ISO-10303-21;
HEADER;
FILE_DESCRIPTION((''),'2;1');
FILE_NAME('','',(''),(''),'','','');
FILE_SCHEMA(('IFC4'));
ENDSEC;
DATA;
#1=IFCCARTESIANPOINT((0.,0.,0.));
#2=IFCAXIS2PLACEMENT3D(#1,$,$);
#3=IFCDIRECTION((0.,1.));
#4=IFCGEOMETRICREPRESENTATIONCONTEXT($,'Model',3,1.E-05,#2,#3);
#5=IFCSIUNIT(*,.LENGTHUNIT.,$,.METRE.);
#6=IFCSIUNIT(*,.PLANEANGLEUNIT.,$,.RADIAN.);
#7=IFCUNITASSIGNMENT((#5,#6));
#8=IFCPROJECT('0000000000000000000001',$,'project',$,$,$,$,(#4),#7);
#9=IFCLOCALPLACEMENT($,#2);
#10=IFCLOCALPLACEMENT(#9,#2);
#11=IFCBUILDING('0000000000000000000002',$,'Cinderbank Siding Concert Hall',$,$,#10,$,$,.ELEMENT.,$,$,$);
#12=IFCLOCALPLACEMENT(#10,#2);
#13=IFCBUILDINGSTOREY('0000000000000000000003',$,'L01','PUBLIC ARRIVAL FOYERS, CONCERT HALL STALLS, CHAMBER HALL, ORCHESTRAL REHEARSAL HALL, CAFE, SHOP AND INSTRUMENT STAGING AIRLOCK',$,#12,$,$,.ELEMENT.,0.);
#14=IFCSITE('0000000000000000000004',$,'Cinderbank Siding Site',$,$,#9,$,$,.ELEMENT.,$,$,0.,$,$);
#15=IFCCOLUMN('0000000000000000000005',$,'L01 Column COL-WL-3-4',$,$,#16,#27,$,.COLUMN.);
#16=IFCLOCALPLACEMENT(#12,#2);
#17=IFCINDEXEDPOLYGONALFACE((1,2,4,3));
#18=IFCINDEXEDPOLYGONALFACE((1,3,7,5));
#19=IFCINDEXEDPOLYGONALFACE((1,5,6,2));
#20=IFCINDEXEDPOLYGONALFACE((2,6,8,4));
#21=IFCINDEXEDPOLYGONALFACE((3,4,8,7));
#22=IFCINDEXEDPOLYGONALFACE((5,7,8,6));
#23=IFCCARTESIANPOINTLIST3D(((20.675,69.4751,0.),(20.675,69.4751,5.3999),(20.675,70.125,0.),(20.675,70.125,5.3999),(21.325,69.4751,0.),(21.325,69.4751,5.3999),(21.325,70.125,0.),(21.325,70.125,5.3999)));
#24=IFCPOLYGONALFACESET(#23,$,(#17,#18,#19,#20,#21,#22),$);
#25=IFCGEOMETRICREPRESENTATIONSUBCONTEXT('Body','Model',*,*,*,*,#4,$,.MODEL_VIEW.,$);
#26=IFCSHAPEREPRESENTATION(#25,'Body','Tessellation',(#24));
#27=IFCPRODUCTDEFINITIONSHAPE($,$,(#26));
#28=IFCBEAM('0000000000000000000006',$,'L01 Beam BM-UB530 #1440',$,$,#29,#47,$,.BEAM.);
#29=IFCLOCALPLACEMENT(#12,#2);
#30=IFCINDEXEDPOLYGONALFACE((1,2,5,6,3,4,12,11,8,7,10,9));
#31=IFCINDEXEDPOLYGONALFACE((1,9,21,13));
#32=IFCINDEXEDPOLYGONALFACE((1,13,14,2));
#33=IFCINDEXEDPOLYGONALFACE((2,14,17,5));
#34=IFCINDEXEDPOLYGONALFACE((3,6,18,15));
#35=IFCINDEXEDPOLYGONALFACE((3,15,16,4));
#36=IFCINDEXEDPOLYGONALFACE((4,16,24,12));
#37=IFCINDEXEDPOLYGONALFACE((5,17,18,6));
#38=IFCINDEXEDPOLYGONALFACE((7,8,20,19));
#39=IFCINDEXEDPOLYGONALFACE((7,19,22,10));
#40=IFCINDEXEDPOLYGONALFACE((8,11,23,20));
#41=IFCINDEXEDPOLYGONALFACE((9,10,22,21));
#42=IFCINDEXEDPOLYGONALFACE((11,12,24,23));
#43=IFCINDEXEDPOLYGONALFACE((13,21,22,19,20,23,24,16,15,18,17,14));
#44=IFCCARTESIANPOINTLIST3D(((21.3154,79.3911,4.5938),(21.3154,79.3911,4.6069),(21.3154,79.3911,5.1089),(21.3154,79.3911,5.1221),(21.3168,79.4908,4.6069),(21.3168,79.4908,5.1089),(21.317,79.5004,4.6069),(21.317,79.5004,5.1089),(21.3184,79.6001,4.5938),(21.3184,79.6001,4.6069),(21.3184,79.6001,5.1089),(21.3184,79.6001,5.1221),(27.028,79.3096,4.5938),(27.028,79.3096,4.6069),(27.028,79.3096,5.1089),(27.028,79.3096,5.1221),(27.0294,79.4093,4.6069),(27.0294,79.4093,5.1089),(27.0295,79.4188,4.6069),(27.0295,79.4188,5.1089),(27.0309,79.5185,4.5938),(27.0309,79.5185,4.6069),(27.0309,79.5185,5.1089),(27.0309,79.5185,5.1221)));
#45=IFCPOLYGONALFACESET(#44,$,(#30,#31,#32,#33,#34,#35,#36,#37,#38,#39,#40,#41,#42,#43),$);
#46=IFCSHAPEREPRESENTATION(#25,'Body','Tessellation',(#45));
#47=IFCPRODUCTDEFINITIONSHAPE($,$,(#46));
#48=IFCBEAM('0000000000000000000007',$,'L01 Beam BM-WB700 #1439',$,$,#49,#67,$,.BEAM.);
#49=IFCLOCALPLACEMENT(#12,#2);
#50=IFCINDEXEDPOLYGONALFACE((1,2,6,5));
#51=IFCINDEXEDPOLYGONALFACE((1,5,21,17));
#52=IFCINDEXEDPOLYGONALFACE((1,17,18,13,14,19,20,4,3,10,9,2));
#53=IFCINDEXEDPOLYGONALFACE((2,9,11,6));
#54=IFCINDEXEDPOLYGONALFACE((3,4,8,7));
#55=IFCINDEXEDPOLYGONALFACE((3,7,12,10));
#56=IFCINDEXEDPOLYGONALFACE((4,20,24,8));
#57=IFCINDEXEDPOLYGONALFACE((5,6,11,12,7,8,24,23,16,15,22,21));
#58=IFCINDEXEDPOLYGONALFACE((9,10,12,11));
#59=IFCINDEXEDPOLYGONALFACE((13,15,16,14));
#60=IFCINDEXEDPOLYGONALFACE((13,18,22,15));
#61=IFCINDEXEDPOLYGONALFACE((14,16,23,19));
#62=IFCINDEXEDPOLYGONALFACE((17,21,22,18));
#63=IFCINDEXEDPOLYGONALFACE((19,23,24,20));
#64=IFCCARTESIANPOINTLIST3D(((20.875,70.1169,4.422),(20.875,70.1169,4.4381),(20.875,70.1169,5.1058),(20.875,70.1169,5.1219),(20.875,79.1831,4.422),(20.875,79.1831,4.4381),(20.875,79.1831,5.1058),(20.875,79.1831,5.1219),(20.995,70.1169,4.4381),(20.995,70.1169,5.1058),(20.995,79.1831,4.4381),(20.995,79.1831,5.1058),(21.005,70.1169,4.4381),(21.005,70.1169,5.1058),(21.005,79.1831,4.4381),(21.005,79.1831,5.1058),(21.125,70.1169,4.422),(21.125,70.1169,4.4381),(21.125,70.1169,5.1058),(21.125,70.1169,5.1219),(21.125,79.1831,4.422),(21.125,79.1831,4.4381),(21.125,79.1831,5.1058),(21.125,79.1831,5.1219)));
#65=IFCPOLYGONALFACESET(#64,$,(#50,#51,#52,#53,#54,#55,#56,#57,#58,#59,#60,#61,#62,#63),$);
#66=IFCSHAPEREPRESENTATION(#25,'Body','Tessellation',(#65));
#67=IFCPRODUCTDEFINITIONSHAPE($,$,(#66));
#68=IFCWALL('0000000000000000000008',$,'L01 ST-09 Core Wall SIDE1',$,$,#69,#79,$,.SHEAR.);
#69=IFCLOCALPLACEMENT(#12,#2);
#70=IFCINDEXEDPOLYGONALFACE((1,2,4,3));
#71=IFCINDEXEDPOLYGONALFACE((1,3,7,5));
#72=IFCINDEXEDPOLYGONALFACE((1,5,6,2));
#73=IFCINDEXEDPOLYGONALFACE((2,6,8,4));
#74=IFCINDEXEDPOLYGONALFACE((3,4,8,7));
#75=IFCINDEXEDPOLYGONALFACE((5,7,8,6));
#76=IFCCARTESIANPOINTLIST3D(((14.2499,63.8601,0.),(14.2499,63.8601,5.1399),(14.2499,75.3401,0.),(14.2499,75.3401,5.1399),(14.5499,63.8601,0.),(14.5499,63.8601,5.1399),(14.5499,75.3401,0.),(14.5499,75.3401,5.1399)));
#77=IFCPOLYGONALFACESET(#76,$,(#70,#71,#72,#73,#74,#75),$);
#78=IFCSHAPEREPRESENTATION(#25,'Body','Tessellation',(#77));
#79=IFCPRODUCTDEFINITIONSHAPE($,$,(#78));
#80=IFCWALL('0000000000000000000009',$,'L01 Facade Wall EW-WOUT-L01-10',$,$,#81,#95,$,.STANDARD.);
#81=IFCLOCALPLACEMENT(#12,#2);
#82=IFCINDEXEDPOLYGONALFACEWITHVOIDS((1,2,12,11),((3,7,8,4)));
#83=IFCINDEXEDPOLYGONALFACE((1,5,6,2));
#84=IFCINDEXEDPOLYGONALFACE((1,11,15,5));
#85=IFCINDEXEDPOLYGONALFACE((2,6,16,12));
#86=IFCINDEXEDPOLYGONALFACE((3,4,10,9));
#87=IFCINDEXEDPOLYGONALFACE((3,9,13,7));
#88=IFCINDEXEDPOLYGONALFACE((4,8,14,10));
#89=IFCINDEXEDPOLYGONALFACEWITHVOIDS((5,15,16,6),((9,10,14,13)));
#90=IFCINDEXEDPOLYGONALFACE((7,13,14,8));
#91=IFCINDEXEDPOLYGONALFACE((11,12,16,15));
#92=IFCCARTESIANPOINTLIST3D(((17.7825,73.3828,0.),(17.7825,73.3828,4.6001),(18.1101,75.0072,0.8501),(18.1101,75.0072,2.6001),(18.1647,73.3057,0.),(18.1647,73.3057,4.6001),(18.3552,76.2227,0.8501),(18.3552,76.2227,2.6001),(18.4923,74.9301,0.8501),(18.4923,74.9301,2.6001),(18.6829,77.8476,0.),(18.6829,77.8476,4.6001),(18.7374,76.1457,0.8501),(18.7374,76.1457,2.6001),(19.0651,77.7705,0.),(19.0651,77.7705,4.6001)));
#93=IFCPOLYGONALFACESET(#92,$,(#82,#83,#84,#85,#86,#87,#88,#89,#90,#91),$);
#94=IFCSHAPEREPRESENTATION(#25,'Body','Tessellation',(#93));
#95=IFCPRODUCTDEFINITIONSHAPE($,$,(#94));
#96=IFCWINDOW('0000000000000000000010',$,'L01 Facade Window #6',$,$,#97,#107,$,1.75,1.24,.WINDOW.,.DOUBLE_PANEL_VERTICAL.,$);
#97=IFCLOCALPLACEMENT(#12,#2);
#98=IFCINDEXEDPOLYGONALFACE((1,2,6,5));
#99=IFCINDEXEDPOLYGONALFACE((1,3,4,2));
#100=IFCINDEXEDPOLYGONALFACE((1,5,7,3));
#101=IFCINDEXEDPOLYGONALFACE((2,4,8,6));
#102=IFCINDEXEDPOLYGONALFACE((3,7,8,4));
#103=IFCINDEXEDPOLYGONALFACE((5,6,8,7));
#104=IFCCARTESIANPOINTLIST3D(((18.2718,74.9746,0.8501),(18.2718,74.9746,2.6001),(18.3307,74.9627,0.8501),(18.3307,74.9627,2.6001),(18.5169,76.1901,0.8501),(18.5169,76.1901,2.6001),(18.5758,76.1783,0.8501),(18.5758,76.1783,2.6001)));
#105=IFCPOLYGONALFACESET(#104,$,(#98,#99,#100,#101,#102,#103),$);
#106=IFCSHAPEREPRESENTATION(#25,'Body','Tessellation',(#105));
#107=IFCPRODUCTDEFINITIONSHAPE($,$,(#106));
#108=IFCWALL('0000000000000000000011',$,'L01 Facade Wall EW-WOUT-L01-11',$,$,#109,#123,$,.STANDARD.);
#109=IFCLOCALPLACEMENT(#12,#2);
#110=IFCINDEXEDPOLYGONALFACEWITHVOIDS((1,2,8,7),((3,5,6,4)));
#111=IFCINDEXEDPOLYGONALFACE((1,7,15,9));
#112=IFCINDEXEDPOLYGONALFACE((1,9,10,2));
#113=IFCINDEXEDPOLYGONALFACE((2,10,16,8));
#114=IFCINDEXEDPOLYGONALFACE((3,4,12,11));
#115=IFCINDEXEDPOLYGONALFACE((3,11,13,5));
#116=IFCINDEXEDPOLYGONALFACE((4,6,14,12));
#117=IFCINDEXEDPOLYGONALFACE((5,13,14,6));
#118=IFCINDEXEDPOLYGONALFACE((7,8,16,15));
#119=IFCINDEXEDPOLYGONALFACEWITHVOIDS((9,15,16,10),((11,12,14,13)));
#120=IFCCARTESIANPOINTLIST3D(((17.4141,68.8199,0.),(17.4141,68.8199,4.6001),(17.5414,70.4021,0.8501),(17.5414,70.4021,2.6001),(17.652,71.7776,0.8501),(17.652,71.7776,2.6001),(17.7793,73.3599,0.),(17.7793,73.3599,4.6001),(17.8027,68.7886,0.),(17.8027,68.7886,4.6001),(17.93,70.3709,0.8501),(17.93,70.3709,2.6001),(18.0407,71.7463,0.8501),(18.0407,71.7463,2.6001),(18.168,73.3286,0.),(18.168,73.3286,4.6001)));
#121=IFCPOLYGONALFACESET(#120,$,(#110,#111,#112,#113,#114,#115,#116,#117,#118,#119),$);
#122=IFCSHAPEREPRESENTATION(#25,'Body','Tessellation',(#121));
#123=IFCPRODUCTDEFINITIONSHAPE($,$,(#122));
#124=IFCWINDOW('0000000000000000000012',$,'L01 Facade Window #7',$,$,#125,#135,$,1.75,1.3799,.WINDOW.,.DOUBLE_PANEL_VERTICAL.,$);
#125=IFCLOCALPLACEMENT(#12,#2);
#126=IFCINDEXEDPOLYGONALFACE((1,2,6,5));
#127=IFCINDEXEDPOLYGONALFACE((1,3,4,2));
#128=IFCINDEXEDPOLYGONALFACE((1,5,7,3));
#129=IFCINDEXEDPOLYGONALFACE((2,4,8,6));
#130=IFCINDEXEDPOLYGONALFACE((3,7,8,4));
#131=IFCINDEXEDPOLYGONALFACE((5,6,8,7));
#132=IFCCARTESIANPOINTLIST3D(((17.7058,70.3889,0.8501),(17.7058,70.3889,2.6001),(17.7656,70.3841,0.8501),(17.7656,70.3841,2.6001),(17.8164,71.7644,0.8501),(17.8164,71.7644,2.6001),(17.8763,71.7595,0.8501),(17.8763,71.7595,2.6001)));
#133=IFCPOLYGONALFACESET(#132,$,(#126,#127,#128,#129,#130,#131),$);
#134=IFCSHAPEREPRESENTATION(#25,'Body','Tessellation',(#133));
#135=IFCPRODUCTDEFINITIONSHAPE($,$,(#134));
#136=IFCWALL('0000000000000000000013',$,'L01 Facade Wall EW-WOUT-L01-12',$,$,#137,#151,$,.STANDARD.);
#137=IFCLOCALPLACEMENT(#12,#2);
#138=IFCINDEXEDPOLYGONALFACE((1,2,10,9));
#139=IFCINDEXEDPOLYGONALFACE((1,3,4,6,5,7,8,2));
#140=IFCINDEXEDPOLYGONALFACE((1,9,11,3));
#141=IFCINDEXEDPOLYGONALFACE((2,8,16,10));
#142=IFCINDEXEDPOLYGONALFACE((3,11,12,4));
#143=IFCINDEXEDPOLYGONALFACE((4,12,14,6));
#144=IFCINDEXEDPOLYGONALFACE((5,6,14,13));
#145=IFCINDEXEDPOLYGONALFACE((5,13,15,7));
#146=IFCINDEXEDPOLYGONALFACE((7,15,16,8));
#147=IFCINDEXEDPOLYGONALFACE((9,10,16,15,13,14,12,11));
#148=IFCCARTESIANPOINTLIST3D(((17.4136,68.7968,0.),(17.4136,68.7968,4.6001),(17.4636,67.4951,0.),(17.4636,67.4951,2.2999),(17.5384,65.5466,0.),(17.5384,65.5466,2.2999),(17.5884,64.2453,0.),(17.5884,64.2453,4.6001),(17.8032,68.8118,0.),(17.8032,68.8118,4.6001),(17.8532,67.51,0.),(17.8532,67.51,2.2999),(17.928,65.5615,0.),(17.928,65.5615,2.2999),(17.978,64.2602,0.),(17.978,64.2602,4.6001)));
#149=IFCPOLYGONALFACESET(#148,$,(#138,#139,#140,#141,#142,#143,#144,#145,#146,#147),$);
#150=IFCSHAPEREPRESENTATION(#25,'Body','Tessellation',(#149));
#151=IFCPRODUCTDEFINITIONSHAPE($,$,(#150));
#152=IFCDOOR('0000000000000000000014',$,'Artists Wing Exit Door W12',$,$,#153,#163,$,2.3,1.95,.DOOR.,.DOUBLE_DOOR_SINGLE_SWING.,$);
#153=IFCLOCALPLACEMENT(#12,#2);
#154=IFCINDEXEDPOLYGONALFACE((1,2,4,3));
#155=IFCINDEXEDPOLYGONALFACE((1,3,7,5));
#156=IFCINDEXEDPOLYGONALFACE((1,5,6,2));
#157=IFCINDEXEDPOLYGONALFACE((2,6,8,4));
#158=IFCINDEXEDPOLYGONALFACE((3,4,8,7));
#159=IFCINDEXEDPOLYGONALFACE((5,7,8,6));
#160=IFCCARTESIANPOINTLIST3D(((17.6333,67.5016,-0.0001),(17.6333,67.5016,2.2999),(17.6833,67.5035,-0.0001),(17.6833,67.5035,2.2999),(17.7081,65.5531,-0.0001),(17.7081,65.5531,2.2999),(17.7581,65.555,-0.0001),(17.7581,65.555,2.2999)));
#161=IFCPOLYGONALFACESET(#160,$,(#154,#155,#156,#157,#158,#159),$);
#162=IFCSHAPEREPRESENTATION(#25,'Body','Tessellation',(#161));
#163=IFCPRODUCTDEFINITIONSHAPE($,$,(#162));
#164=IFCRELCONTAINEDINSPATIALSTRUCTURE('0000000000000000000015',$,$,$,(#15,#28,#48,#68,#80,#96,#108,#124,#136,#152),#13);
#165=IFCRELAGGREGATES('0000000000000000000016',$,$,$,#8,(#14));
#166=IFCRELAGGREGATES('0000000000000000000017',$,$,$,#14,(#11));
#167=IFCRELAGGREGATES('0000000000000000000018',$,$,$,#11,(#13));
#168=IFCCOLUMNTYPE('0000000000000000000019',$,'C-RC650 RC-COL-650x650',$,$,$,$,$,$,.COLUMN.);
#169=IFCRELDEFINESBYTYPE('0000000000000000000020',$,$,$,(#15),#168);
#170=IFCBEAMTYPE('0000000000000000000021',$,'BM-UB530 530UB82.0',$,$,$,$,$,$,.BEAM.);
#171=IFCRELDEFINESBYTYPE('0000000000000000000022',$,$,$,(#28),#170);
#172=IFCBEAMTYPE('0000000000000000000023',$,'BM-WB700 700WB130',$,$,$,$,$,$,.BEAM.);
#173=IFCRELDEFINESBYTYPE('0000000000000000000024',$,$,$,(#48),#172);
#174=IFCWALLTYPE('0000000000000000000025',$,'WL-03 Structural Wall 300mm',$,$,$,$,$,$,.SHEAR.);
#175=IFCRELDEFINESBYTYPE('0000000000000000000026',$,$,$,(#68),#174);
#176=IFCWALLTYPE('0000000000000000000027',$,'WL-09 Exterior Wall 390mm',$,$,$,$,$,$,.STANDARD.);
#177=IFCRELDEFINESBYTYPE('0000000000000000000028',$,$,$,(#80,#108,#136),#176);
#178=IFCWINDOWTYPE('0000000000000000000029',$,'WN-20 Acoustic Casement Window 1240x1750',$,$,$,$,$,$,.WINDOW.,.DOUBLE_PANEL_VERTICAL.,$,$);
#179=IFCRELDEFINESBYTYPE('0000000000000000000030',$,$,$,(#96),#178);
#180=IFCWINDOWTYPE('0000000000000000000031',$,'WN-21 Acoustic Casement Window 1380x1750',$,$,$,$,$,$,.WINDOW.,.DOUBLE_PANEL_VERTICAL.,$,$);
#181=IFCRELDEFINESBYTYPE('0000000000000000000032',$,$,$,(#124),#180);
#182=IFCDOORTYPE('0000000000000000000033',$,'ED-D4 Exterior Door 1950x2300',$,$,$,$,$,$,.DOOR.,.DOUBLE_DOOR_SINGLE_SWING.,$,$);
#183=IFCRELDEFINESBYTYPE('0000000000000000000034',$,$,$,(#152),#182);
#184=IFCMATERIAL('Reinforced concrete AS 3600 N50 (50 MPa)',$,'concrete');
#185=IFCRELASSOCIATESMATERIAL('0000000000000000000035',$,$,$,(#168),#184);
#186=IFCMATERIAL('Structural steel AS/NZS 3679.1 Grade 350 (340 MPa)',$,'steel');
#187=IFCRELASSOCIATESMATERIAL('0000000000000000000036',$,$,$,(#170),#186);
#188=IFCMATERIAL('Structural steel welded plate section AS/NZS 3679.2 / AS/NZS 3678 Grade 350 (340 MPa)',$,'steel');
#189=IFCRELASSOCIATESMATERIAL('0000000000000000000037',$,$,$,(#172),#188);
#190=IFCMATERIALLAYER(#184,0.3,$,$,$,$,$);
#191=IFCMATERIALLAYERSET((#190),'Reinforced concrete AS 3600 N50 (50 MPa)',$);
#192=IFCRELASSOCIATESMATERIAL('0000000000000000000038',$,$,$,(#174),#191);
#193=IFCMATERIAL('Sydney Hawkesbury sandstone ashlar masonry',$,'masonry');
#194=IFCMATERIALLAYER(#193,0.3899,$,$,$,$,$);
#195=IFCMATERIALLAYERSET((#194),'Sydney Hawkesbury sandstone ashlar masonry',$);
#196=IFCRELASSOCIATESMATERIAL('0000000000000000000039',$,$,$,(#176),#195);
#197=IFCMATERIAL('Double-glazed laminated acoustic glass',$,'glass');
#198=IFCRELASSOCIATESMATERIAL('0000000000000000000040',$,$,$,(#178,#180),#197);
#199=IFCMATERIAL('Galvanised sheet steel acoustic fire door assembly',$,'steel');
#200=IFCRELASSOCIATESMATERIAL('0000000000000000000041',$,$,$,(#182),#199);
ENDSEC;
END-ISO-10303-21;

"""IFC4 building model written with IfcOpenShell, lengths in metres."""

from ifc_helpers import new_model, si_unit, direction, frame, frame_2d, origin, origin_2d, place, context, subcontext, project, spatial, rectangle, i_section, extrude, material, layer, layer_set, material_profile, profile_set, type_object, element, fill, save


model = new_model("IFC4")

# Units and contexts
model_context = context("Model", 3, precision=1e-05, world=origin(), true_north=direction((0.0, 1.0)))
body_context = subcontext(model_context, "Body", "Model", "MODEL_VIEW")
ifc_project = project(units=[si_unit("LENGTHUNIT", "METRE"), si_unit("PLANEANGLEUNIT", "RADIAN")], contexts=[model_context])

# Site, building, storey
site_placement = place(None, origin())
site = spatial("IfcSite", under=ifc_project, at=site_placement, Name="Cinderbank Siding Site", CompositionType="ELEMENT", RefElevation=0.0)
building_placement = place(site_placement, origin())
building = spatial("IfcBuilding", under=site, at=building_placement, Name="Cinderbank Siding Concert Hall", CompositionType="ELEMENT")
storey_placement = place(building_placement, origin())
storey = spatial("IfcBuildingStorey", under=building, at=storey_placement, Name="L01", Description="PUBLIC ARRIVAL FOYERS, CONCERT HALL STALLS, CHAMBER HALL, ORCHESTRAL REHEARSAL HALL, CAFE, SHOP AND INSTRUMENT STAGING AIRLOCK", CompositionType="ELEMENT", Elevation=0.0)

# Column
ifc_material_1 = material(Name="Reinforced concrete AS 3600 N50 (50 MPa)", Category="concrete")
ifc_material_profile_1 = material_profile(ifc_material_1, rectangle(XDim=0.6499, YDim=0.6499, at=origin_2d()), Name="RC-COL-650x650", Category="LoadBearing")
ifc_profile_set_1 = profile_set([ifc_material_profile_1], Name="Reinforced concrete AS 3600 N50 (50 MPa)")
column_type = type_object("IfcColumnType", Name="C-RC650 RC-COL-650x650", PredefinedType="COLUMN", material=ifc_profile_set_1)
column_placement = place(storey_placement, frame((21.0, 69.8, 0.0), z_axis=(0.0, 0.0, 1.0), x_axis=(1.0, 0.0, 0.0)))
element("IfcColumn", 1, at=column_placement, inside=storey, type_object=column_type, Name="L01 Column COL-WL-3-4", PredefinedType="COLUMN", context=body_context, shape_type="SweptSolid", body=[
    extrude(rectangle(XDim=0.6499, YDim=0.6499, at=origin_2d()), origin(), (0.0, 0.0, 1.0), 5.3999),
])

# Beams
ifc_material_2 = material(Name="Structural steel AS/NZS 3679.1 Grade 350 (340 MPa)", Category="steel")
ifc_material_profile_2 = material_profile(ifc_material_2, i_section(OverallWidth=0.209, OverallDepth=0.5283, WebThickness=0.0095, FlangeThickness=0.0132, at=origin_2d()), Name="530UB82.0", Category="LoadBearing")
ifc_profile_set_2 = profile_set([ifc_material_profile_2], Name="Structural steel AS/NZS 3679.1 Grade 350 (340 MPa)")
beam_type_1 = type_object("IfcBeamType", Name="BM-UB530 530UB82.0", PredefinedType="BEAM", material=ifc_profile_set_2)
beam_1_placement = place(storey_placement, frame((21.3169, 79.4956, 4.8579), z_axis=(0.999898, -0.014273, 0.0), x_axis=(0.014273, 0.999898, 0.0)))
element("IfcBeam", 2, at=beam_1_placement, inside=storey, type_object=beam_type_1, Name="L01 Beam BM-UB530 #1440", PredefinedType="BEAM", context=body_context, shape_type="SweptSolid", body=[
    extrude(i_section(OverallWidth=0.209, OverallDepth=0.5283, WebThickness=0.0095, FlangeThickness=0.0132, at=origin_2d()), origin(), (0.0, 0.0, 1.0), 5.7131),
])
ifc_material_3 = material(Name="Structural steel welded plate section AS/NZS 3679.2 / AS/NZS 3678 Grade 350 (340 MPa)", Category="steel")
ifc_material_profile_3 = material_profile(ifc_material_3, i_section(OverallWidth=0.25, OverallDepth=0.7, WebThickness=0.01, FlangeThickness=0.0161, at=origin_2d()), Name="700WB130", Category="LoadBearing")
ifc_profile_set_3 = profile_set([ifc_material_profile_3], Name="Structural steel welded plate section AS/NZS 3679.2 / AS/NZS 3678 Grade 350 (340 MPa)")
beam_type_2 = type_object("IfcBeamType", Name="BM-WB700 700WB130", PredefinedType="BEAM", material=ifc_profile_set_3)
beam_2_placement = place(storey_placement, frame((21.0, 70.1169, 4.772), z_axis=(0.0, 1.0, 0.0), x_axis=(-1.0, 0.0, 0.0)))
element("IfcBeam", 3, at=beam_2_placement, inside=storey, type_object=beam_type_2, Name="L01 Beam BM-WB700 #1439", PredefinedType="BEAM", context=body_context, shape_type="SweptSolid", body=[
    extrude(i_section(OverallWidth=0.25, OverallDepth=0.7, WebThickness=0.01, FlangeThickness=0.0161, at=origin_2d()), origin(), (0.0, 0.0, 1.0), 9.0662),
])

# Wall
ifc_layer_1 = layer(ifc_material_1, 0.3)
ifc_layer_set_1 = layer_set([ifc_layer_1], Name="Reinforced concrete AS 3600 N50 (50 MPa)")
wall_type_1 = type_object("IfcWallType", Name="WL-03 Structural Wall 300mm", PredefinedType="SHEAR", material=ifc_layer_set_1)
wall_1_placement = place(storey_placement, frame((14.3999, 75.3401, 0.0), z_axis=(0.0, 0.0, 1.0), x_axis=(0.0, -1.0, 0.0)))
element("IfcWall", 4, at=wall_1_placement, inside=storey, type_object=wall_type_1, Name="L01 ST-09 Core Wall SIDE1", PredefinedType="SHEAR", context=body_context, shape_type="SweptSolid", body=[
    extrude(rectangle(XDim=11.48, YDim=0.3, at=frame_2d((5.74, 0.0))), origin(), (0.0, 0.0, 1.0), 5.1399),
])

# Shared definitions
ifc_material_4 = material(Name="Galvanised sheet steel acoustic fire door assembly", Category="steel")

# Walls, openings, windows
ifc_material_5 = material(Name="Sydney Hawkesbury sandstone ashlar masonry", Category="masonry")
ifc_layer_2 = layer(ifc_material_5, 0.3899)
ifc_layer_set_2 = layer_set([ifc_layer_2], Name="Sydney Hawkesbury sandstone ashlar masonry")
wall_type_2 = type_object("IfcWallType", Name="WL-09 Exterior Wall 390mm", PredefinedType="STANDARD", material=ifc_layer_set_2)
wall_2_placement = place(storey_placement, frame((18.874, 77.8091, 0.0), z_axis=(0.0, 0.0, 1.0), x_axis=(-0.197683, -0.980266, 0.0)))
wall_2 = element("IfcWall", 5, at=wall_2_placement, inside=storey, type_object=wall_type_2, Name="L01 Facade Wall EW-WOUT-L01-10", PredefinedType="STANDARD", context=body_context, shape_type="SweptSolid", body=[
    extrude(rectangle(XDim=4.5547, YDim=0.3899, at=frame_2d((2.2773, 0.0))), origin(), (0.0, 0.0, 1.0), 4.6001),
])
opening_1_placement = place(wall_2_placement, frame((1.6575, 0.0, 0.8501)))
opening_1 = element("IfcOpeningElement", 6, at=opening_1_placement, cuts=wall_2, PredefinedType="OPENING", context=body_context, shape_type="SweptSolid", body=[
    extrude(rectangle(XDim=1.24, YDim=1.75, at=frame_2d((0.6201, 0.875))), frame((0.0, 0.207, 0.0), z_axis=(0.0, -1.0, 0.0), x_axis=(1.0, 0.0, 0.0)), (0.0, 0.0, 1.0), 0.4138),
])
ifc_material_6 = material(Name="Double-glazed laminated acoustic glass", Category="glass")
window_type_1 = type_object("IfcWindowType", Name="WN-20 Acoustic Casement Window 1240x1750", PartitioningType="DOUBLE_PANEL_VERTICAL", PredefinedType="WINDOW", material=ifc_material_6)
window_1_placement = place(opening_1_placement, origin())
window_1 = element("IfcWindow", 7, at=window_1_placement, inside=storey, type_object=window_type_1, Name="L01 Facade Window #6", OverallHeight=1.75, OverallWidth=1.24, PartitioningType="DOUBLE_PANEL_VERTICAL", PredefinedType="WINDOW", context=body_context, shape_type="SweptSolid", body=[
    extrude(rectangle(XDim=1.24, YDim=1.75, at=frame_2d((0.6201, 0.875))), frame((0.0, 0.03, 0.0), z_axis=(0.0, -1.0, 0.0), x_axis=(1.0, 0.0, 0.0)), (0.0, 0.0, 1.0), 0.0601),
])
fill(opening_1, window_1)
wall_3_placement = place(storey_placement, frame((17.9736, 73.3442, 0.0), z_axis=(0.0, 0.0, 1.0), x_axis=(-0.080188, -0.99678, 0.0)))
wall_3 = element("IfcWall", 8, at=wall_3_placement, inside=storey, type_object=wall_type_2, Name="L01 Facade Wall EW-WOUT-L01-11", PredefinedType="STANDARD", context=body_context, shape_type="SweptSolid", body=[
    extrude(rectangle(XDim=4.5547, YDim=0.3899, at=frame_2d((2.2773, 0.0))), origin(), (0.0, 0.0, 1.0), 4.6001),
])
opening_2_placement = place(wall_3_placement, frame((1.5874, 0.0, 0.8501)))
opening_2 = element("IfcOpeningElement", 9, at=opening_2_placement, cuts=wall_3, PredefinedType="OPENING", context=body_context, shape_type="SweptSolid", body=[
    extrude(rectangle(XDim=1.3799, YDim=1.75, at=frame_2d((0.6899, 0.875))), frame((0.0, 0.207, 0.0), z_axis=(0.0, -1.0, 0.0), x_axis=(1.0, 0.0, 0.0)), (0.0, 0.0, 1.0), 0.4138),
])
window_type_2 = type_object("IfcWindowType", Name="WN-21 Acoustic Casement Window 1380x1750", PartitioningType="DOUBLE_PANEL_VERTICAL", PredefinedType="WINDOW", material=ifc_material_6)
window_2_placement = place(opening_2_placement, origin())
window_2 = element("IfcWindow", 10, at=window_2_placement, inside=storey, type_object=window_type_2, Name="L01 Facade Window #7", OverallHeight=1.75, OverallWidth=1.3799, PartitioningType="DOUBLE_PANEL_VERTICAL", PredefinedType="WINDOW", context=body_context, shape_type="SweptSolid", body=[
    extrude(rectangle(XDim=1.3799, YDim=1.75, at=frame_2d((0.6899, 0.875))), frame((0.0, 0.03, 0.0), z_axis=(0.0, -1.0, 0.0), x_axis=(1.0, 0.0, 0.0)), (0.0, 0.0, 1.0), 0.0601),
])
fill(opening_2, window_2)

# Wall, opening, door
wall_4_placement = place(storey_placement, frame((17.6084, 68.8042, 0.0), z_axis=(0.0, 0.0, 1.0), x_axis=(0.038378, -0.999263, 0.0)))
wall_4 = element("IfcWall", 11, at=wall_4_placement, inside=storey, type_object=wall_type_2, Name="L01 Facade Wall EW-WOUT-L01-12", PredefinedType="STANDARD", context=body_context, shape_type="SweptSolid", body=[
    extrude(rectangle(XDim=4.5549, YDim=0.3899, at=frame_2d((2.2773, 0.0))), origin(), (0.0, 0.0, 1.0), 4.6001),
])
opening_3_placement = place(wall_4_placement, frame((1.3025, 0.0, 0.0)))
opening_3 = element("IfcOpeningElement", 12, at=opening_3_placement, cuts=wall_4, PredefinedType="OPENING", context=body_context, shape_type="SweptSolid", body=[
    extrude(rectangle(XDim=1.95, YDim=2.3, at=frame_2d((0.9751, 1.1499))), frame((0.0, 0.207, 0.0), z_axis=(0.0, -1.0, 0.0), x_axis=(1.0, 0.0, 0.0)), (0.0, 0.0, 1.0), 0.4138),
])
door_type_1 = type_object("IfcDoorType", Name="ED-D4 Exterior Door 1950x2300", OperationType="DOUBLE_DOOR_SINGLE_SWING", PredefinedType="DOOR", material=ifc_material_4)
door_1_placement = place(opening_3_placement, origin())
door_1 = element("IfcDoor", 13, at=door_1_placement, inside=storey, type_object=door_type_1, Name="Artists Wing Exit Door W12", OperationType="DOUBLE_DOOR_SINGLE_SWING", OverallHeight=2.3, OverallWidth=1.95, PredefinedType="DOOR", context=body_context, shape_type="SweptSolid", body=[
    extrude(rectangle(XDim=1.95, YDim=2.3, at=frame_2d((0.9751, 1.1499))), frame((0.0, 0.0249, 0.0), z_axis=(0.0, -1.0, 0.0), x_axis=(1.0, 0.0, 0.0)), (0.0, 0.0, 1.0), 0.05),
])
fill(opening_3, door_1)

save(model, "model.ifc")
